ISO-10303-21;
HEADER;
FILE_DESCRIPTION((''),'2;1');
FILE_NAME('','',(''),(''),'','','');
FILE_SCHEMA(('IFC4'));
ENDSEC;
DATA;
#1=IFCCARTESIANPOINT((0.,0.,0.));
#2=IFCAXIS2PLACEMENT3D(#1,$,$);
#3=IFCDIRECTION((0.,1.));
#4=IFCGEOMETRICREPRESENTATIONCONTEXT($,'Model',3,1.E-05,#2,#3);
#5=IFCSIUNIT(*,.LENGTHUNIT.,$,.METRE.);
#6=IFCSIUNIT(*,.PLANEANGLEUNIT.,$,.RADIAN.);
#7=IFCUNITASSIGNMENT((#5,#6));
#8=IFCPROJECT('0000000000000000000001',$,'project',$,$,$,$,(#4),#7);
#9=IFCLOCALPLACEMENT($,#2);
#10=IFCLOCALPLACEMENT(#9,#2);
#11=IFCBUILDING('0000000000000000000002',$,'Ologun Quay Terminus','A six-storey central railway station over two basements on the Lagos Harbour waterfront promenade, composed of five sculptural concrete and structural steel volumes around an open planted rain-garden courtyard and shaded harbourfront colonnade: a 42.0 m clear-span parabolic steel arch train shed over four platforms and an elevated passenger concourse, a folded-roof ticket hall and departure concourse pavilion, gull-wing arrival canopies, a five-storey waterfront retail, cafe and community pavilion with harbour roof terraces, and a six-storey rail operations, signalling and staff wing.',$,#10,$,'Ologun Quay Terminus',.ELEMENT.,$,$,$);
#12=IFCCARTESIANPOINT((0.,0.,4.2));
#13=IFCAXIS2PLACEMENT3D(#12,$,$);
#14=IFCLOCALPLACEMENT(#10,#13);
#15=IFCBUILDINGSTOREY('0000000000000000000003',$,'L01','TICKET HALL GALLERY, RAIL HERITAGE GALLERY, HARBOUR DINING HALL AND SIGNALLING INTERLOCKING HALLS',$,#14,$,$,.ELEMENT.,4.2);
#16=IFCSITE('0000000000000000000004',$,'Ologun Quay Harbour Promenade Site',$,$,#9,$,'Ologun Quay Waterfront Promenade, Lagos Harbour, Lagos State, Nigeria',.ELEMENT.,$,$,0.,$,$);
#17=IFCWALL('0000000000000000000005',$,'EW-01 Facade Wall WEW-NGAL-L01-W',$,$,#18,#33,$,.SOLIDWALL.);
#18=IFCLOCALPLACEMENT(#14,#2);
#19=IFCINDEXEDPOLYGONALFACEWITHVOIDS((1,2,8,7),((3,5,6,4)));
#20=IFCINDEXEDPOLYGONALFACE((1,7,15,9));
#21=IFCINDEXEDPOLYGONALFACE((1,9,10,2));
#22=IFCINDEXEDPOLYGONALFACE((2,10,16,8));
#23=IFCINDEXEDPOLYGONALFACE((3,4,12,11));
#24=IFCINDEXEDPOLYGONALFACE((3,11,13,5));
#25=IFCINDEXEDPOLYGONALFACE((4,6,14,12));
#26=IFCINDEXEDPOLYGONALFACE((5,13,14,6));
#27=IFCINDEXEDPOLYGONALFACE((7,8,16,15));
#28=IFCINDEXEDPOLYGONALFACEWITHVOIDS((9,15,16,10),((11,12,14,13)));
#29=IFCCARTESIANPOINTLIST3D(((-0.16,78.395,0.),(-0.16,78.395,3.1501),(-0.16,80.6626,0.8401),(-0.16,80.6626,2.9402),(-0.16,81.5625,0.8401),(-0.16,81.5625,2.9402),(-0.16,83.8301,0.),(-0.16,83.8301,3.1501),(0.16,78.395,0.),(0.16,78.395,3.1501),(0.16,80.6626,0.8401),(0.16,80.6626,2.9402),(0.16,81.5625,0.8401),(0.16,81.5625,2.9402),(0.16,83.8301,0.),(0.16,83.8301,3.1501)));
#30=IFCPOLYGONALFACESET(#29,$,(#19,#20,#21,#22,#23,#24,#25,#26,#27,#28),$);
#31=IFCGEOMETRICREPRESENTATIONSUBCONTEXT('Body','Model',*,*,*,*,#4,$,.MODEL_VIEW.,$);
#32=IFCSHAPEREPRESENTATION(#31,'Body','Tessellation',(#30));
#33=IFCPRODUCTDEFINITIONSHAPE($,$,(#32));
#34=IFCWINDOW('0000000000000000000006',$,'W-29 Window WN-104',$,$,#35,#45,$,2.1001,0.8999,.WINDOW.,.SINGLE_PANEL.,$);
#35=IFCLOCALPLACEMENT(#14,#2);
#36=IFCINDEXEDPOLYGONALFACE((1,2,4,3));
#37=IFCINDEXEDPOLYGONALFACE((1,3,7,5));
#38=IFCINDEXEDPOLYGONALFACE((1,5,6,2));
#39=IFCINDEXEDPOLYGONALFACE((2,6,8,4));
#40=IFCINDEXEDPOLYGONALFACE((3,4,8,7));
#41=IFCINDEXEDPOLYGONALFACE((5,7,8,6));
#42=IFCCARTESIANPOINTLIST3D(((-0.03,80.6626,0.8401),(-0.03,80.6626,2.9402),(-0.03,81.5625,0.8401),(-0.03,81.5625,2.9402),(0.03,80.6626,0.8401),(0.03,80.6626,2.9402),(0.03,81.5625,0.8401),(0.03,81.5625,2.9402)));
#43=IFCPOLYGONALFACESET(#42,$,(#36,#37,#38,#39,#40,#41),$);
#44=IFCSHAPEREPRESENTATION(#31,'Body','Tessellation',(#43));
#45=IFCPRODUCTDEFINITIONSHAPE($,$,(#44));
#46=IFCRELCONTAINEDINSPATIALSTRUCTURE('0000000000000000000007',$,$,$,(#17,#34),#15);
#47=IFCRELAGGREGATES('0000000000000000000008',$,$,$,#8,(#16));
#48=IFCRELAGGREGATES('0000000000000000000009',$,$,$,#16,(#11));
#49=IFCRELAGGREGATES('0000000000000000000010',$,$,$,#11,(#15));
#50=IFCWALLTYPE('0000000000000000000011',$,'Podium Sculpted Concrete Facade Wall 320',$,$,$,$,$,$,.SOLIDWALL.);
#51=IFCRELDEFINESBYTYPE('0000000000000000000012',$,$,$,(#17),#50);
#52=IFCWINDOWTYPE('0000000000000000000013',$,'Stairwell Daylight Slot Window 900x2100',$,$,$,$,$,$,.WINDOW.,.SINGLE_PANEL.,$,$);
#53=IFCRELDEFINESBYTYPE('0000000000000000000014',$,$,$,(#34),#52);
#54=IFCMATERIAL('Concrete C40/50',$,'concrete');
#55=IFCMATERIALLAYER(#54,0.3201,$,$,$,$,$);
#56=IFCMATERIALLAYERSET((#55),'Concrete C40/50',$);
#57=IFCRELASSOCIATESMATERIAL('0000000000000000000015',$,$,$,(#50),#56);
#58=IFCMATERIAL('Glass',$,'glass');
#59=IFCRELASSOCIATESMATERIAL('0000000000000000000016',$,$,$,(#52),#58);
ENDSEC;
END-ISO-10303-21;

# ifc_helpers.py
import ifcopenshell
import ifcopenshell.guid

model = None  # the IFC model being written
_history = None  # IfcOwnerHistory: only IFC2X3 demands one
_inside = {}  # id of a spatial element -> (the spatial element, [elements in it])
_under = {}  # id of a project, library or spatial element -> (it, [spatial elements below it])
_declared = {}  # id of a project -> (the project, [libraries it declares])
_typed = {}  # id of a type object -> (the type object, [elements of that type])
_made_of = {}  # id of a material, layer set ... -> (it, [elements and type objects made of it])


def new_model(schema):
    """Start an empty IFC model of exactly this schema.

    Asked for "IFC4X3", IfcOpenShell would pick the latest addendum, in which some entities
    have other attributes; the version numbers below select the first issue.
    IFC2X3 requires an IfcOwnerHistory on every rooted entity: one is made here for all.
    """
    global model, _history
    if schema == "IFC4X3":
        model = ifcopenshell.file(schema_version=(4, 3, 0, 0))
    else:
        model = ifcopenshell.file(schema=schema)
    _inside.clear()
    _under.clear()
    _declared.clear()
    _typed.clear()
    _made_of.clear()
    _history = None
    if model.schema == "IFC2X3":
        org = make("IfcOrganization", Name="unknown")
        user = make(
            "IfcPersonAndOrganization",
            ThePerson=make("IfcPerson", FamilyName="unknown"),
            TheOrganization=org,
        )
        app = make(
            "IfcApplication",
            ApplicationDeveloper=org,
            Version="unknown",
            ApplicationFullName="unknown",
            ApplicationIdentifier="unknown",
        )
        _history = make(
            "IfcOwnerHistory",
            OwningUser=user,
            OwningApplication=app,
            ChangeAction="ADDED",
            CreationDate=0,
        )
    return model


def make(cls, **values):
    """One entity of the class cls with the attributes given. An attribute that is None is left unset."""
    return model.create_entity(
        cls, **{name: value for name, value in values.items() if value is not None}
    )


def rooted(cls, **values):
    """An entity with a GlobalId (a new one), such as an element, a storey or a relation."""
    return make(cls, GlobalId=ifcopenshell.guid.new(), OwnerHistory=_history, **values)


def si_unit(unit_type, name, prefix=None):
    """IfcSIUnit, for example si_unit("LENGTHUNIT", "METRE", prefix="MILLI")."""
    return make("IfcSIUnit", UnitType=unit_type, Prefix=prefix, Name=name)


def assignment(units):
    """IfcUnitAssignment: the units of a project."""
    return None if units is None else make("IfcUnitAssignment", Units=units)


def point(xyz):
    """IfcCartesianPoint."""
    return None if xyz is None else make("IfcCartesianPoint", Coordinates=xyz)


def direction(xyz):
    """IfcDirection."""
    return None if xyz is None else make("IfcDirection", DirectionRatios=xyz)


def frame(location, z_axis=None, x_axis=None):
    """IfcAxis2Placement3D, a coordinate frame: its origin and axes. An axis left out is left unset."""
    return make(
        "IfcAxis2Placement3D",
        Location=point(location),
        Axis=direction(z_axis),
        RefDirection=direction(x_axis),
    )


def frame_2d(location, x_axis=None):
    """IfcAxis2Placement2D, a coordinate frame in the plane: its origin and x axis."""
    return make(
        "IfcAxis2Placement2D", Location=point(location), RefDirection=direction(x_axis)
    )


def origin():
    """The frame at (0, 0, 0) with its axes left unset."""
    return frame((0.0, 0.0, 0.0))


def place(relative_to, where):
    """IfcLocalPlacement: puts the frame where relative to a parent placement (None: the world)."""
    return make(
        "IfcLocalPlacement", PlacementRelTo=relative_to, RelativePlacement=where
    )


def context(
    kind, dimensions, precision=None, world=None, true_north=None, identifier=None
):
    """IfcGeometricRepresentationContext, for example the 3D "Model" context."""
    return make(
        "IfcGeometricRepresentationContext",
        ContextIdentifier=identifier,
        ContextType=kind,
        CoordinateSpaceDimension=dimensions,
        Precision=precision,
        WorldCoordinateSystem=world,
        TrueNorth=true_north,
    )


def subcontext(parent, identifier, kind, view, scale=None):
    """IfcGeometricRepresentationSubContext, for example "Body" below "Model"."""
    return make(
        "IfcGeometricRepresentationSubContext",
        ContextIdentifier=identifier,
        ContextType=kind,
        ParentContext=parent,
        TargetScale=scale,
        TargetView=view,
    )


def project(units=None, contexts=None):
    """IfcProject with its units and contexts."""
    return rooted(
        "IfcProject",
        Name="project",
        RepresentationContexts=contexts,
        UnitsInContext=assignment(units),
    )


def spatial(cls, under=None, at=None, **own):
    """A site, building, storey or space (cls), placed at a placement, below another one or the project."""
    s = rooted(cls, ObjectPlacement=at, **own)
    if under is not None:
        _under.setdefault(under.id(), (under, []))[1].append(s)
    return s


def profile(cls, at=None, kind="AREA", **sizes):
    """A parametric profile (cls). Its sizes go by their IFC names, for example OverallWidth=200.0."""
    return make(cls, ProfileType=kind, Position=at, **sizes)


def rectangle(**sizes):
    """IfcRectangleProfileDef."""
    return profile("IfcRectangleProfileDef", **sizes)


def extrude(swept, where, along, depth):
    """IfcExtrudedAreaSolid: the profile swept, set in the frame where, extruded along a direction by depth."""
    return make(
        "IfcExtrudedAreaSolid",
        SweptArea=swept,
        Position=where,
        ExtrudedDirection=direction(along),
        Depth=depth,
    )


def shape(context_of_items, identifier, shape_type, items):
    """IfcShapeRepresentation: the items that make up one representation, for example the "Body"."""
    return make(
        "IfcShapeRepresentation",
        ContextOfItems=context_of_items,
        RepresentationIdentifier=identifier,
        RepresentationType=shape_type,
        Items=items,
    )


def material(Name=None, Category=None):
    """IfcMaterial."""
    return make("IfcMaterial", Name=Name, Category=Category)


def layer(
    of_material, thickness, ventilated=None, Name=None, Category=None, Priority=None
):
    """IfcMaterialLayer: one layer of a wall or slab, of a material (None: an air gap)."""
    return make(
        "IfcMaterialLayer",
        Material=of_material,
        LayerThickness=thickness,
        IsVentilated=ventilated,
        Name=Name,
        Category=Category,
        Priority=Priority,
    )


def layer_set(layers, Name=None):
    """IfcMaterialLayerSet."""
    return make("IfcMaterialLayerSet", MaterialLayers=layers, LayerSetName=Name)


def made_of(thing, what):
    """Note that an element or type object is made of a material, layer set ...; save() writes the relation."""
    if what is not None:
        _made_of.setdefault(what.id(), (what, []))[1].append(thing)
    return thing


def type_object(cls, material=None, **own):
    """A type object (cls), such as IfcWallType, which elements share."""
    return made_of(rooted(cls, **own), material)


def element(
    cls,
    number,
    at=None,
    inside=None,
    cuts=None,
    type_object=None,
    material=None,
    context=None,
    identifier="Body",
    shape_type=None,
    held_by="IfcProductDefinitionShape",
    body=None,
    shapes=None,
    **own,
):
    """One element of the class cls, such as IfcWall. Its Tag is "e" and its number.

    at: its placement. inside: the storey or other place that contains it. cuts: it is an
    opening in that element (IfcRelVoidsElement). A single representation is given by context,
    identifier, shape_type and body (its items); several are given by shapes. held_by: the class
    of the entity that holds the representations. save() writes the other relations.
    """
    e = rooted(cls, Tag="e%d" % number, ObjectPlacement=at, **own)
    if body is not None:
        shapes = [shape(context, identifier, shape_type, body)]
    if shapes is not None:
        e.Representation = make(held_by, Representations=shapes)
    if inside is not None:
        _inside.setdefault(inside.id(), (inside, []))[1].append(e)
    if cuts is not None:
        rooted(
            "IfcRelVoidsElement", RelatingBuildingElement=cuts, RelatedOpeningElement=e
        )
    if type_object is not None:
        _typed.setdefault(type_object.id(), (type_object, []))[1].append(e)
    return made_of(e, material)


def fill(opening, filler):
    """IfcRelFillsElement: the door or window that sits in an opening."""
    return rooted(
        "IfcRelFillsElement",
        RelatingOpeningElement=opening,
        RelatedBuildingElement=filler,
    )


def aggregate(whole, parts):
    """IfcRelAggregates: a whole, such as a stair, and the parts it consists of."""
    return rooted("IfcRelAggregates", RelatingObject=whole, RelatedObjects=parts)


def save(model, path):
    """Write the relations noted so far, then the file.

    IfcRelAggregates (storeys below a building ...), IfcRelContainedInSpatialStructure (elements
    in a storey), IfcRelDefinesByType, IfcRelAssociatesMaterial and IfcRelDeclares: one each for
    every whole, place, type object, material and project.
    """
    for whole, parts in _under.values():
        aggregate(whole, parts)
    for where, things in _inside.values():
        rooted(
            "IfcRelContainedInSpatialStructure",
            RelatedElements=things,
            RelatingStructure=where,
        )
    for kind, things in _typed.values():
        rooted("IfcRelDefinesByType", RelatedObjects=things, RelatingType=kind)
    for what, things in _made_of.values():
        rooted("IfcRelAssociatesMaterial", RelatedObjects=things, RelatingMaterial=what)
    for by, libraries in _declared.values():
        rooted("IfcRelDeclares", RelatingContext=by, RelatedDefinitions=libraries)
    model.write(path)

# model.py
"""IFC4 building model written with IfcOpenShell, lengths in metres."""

from ifc_helpers import new_model, si_unit, direction, frame, frame_2d, origin, place, context, subcontext, project, spatial, rectangle, extrude, material, layer, layer_set, type_object, element, fill, save


model = new_model("IFC4")

# Units and contexts
model_context = context("Model", 3, precision=1e-05, world=origin(), true_north=direction((0.0, 1.0)))
body_context = subcontext(model_context, "Body", "Model", "MODEL_VIEW")
ifc_project = project(units=[si_unit("LENGTHUNIT", "METRE"), si_unit("PLANEANGLEUNIT", "RADIAN")], contexts=[model_context])

# Site, building, storey
site_placement = place(None, origin())
site = spatial("IfcSite", under=ifc_project, at=site_placement, Name="Ologun Quay Harbour Promenade Site", LongName="Ologun Quay Waterfront Promenade, Lagos Harbour, Lagos State, Nigeria", CompositionType="ELEMENT", RefElevation=0.0)
building_placement = place(site_placement, origin())
building = spatial("IfcBuilding", under=site, at=building_placement, Name="Ologun Quay Terminus", Description="A six-storey central railway station over two basements on the Lagos Harbour waterfront promenade, composed of five sculptural concrete and structural steel volumes around an open planted rain-garden courtyard and shaded harbourfront colonnade: a 42.0 m clear-span parabolic steel arch train shed over four platforms and an elevated passenger concourse, a folded-roof ticket hall and departure concourse pavilion, gull-wing arrival canopies, a five-storey waterfront retail, cafe and community pavilion with harbour roof terraces, and a six-storey rail operations, signalling and staff wing.", LongName="Ologun Quay Terminus", CompositionType="ELEMENT")
storey_placement = place(building_placement, frame((0.0, 0.0, 4.2)))
storey = spatial("IfcBuildingStorey", under=building, at=storey_placement, Name="L01", Description="TICKET HALL GALLERY, RAIL HERITAGE GALLERY, HARBOUR DINING HALL AND SIGNALLING INTERLOCKING HALLS", CompositionType="ELEMENT", Elevation=4.2)

# Wall, opening, window
ifc_material_1 = material(Name="Concrete C40/50", Category="concrete")
ifc_layer_1 = layer(ifc_material_1, 0.3201)
ifc_layer_set_1 = layer_set([ifc_layer_1], Name="Concrete C40/50")
wall_type_1 = type_object("IfcWallType", Name="Podium Sculpted Concrete Facade Wall 320", PredefinedType="SOLIDWALL", material=ifc_layer_set_1)
wall_1_placement = place(storey_placement, frame((0.0, 78.395, 0.0), z_axis=(0.0, 0.0, 1.0), x_axis=(0.0, 1.0, 0.0)))
wall_1 = element("IfcWall", 1, at=wall_1_placement, inside=storey, type_object=wall_type_1, Name="EW-01 Facade Wall WEW-NGAL-L01-W", PredefinedType="SOLIDWALL", context=body_context, shape_type="SweptSolid", body=[
    extrude(rectangle(XDim=5.4351, YDim=0.3201, at=frame_2d((2.7175, 0.0))), origin(), (0.0, 0.0, 1.0), 3.1501),
])
opening_1_placement = place(wall_1_placement, frame((2.2676, 0.0, 0.8401)))
opening_1 = element("IfcOpeningElement", 2, at=opening_1_placement, cuts=wall_1, PredefinedType="OPENING", context=body_context, shape_type="SweptSolid", body=[
    extrude(rectangle(XDim=0.8999, YDim=2.1001, at=frame_2d((0.45, 1.05))), frame((0.0, 0.1699, 0.0), z_axis=(0.0, -1.0, 0.0), x_axis=(1.0, 0.0, 0.0)), (0.0, 0.0, 1.0), 0.3401),
])
ifc_material_2 = material(Name="Glass", Category="glass")
window_type_1 = type_object("IfcWindowType", Name="Stairwell Daylight Slot Window 900x2100", PartitioningType="SINGLE_PANEL", PredefinedType="WINDOW", material=ifc_material_2)
window_1_placement = place(opening_1_placement, origin())
window_1 = element("IfcWindow", 3, at=window_1_placement, inside=storey, type_object=window_type_1, Name="W-29 Window WN-104", OverallHeight=2.1001, OverallWidth=0.8999, PartitioningType="SINGLE_PANEL", PredefinedType="WINDOW", context=body_context, shape_type="SweptSolid", body=[
    extrude(rectangle(XDim=0.8999, YDim=2.1001, at=frame_2d((0.45, 1.05))), frame((0.0, 0.03, 0.0), z_axis=(0.0, -1.0, 0.0), x_axis=(1.0, 0.0, 0.0)), (0.0, 0.0, 1.0), 0.0601),
])
fill(opening_1, window_1)

save(model, "model.ifc")
